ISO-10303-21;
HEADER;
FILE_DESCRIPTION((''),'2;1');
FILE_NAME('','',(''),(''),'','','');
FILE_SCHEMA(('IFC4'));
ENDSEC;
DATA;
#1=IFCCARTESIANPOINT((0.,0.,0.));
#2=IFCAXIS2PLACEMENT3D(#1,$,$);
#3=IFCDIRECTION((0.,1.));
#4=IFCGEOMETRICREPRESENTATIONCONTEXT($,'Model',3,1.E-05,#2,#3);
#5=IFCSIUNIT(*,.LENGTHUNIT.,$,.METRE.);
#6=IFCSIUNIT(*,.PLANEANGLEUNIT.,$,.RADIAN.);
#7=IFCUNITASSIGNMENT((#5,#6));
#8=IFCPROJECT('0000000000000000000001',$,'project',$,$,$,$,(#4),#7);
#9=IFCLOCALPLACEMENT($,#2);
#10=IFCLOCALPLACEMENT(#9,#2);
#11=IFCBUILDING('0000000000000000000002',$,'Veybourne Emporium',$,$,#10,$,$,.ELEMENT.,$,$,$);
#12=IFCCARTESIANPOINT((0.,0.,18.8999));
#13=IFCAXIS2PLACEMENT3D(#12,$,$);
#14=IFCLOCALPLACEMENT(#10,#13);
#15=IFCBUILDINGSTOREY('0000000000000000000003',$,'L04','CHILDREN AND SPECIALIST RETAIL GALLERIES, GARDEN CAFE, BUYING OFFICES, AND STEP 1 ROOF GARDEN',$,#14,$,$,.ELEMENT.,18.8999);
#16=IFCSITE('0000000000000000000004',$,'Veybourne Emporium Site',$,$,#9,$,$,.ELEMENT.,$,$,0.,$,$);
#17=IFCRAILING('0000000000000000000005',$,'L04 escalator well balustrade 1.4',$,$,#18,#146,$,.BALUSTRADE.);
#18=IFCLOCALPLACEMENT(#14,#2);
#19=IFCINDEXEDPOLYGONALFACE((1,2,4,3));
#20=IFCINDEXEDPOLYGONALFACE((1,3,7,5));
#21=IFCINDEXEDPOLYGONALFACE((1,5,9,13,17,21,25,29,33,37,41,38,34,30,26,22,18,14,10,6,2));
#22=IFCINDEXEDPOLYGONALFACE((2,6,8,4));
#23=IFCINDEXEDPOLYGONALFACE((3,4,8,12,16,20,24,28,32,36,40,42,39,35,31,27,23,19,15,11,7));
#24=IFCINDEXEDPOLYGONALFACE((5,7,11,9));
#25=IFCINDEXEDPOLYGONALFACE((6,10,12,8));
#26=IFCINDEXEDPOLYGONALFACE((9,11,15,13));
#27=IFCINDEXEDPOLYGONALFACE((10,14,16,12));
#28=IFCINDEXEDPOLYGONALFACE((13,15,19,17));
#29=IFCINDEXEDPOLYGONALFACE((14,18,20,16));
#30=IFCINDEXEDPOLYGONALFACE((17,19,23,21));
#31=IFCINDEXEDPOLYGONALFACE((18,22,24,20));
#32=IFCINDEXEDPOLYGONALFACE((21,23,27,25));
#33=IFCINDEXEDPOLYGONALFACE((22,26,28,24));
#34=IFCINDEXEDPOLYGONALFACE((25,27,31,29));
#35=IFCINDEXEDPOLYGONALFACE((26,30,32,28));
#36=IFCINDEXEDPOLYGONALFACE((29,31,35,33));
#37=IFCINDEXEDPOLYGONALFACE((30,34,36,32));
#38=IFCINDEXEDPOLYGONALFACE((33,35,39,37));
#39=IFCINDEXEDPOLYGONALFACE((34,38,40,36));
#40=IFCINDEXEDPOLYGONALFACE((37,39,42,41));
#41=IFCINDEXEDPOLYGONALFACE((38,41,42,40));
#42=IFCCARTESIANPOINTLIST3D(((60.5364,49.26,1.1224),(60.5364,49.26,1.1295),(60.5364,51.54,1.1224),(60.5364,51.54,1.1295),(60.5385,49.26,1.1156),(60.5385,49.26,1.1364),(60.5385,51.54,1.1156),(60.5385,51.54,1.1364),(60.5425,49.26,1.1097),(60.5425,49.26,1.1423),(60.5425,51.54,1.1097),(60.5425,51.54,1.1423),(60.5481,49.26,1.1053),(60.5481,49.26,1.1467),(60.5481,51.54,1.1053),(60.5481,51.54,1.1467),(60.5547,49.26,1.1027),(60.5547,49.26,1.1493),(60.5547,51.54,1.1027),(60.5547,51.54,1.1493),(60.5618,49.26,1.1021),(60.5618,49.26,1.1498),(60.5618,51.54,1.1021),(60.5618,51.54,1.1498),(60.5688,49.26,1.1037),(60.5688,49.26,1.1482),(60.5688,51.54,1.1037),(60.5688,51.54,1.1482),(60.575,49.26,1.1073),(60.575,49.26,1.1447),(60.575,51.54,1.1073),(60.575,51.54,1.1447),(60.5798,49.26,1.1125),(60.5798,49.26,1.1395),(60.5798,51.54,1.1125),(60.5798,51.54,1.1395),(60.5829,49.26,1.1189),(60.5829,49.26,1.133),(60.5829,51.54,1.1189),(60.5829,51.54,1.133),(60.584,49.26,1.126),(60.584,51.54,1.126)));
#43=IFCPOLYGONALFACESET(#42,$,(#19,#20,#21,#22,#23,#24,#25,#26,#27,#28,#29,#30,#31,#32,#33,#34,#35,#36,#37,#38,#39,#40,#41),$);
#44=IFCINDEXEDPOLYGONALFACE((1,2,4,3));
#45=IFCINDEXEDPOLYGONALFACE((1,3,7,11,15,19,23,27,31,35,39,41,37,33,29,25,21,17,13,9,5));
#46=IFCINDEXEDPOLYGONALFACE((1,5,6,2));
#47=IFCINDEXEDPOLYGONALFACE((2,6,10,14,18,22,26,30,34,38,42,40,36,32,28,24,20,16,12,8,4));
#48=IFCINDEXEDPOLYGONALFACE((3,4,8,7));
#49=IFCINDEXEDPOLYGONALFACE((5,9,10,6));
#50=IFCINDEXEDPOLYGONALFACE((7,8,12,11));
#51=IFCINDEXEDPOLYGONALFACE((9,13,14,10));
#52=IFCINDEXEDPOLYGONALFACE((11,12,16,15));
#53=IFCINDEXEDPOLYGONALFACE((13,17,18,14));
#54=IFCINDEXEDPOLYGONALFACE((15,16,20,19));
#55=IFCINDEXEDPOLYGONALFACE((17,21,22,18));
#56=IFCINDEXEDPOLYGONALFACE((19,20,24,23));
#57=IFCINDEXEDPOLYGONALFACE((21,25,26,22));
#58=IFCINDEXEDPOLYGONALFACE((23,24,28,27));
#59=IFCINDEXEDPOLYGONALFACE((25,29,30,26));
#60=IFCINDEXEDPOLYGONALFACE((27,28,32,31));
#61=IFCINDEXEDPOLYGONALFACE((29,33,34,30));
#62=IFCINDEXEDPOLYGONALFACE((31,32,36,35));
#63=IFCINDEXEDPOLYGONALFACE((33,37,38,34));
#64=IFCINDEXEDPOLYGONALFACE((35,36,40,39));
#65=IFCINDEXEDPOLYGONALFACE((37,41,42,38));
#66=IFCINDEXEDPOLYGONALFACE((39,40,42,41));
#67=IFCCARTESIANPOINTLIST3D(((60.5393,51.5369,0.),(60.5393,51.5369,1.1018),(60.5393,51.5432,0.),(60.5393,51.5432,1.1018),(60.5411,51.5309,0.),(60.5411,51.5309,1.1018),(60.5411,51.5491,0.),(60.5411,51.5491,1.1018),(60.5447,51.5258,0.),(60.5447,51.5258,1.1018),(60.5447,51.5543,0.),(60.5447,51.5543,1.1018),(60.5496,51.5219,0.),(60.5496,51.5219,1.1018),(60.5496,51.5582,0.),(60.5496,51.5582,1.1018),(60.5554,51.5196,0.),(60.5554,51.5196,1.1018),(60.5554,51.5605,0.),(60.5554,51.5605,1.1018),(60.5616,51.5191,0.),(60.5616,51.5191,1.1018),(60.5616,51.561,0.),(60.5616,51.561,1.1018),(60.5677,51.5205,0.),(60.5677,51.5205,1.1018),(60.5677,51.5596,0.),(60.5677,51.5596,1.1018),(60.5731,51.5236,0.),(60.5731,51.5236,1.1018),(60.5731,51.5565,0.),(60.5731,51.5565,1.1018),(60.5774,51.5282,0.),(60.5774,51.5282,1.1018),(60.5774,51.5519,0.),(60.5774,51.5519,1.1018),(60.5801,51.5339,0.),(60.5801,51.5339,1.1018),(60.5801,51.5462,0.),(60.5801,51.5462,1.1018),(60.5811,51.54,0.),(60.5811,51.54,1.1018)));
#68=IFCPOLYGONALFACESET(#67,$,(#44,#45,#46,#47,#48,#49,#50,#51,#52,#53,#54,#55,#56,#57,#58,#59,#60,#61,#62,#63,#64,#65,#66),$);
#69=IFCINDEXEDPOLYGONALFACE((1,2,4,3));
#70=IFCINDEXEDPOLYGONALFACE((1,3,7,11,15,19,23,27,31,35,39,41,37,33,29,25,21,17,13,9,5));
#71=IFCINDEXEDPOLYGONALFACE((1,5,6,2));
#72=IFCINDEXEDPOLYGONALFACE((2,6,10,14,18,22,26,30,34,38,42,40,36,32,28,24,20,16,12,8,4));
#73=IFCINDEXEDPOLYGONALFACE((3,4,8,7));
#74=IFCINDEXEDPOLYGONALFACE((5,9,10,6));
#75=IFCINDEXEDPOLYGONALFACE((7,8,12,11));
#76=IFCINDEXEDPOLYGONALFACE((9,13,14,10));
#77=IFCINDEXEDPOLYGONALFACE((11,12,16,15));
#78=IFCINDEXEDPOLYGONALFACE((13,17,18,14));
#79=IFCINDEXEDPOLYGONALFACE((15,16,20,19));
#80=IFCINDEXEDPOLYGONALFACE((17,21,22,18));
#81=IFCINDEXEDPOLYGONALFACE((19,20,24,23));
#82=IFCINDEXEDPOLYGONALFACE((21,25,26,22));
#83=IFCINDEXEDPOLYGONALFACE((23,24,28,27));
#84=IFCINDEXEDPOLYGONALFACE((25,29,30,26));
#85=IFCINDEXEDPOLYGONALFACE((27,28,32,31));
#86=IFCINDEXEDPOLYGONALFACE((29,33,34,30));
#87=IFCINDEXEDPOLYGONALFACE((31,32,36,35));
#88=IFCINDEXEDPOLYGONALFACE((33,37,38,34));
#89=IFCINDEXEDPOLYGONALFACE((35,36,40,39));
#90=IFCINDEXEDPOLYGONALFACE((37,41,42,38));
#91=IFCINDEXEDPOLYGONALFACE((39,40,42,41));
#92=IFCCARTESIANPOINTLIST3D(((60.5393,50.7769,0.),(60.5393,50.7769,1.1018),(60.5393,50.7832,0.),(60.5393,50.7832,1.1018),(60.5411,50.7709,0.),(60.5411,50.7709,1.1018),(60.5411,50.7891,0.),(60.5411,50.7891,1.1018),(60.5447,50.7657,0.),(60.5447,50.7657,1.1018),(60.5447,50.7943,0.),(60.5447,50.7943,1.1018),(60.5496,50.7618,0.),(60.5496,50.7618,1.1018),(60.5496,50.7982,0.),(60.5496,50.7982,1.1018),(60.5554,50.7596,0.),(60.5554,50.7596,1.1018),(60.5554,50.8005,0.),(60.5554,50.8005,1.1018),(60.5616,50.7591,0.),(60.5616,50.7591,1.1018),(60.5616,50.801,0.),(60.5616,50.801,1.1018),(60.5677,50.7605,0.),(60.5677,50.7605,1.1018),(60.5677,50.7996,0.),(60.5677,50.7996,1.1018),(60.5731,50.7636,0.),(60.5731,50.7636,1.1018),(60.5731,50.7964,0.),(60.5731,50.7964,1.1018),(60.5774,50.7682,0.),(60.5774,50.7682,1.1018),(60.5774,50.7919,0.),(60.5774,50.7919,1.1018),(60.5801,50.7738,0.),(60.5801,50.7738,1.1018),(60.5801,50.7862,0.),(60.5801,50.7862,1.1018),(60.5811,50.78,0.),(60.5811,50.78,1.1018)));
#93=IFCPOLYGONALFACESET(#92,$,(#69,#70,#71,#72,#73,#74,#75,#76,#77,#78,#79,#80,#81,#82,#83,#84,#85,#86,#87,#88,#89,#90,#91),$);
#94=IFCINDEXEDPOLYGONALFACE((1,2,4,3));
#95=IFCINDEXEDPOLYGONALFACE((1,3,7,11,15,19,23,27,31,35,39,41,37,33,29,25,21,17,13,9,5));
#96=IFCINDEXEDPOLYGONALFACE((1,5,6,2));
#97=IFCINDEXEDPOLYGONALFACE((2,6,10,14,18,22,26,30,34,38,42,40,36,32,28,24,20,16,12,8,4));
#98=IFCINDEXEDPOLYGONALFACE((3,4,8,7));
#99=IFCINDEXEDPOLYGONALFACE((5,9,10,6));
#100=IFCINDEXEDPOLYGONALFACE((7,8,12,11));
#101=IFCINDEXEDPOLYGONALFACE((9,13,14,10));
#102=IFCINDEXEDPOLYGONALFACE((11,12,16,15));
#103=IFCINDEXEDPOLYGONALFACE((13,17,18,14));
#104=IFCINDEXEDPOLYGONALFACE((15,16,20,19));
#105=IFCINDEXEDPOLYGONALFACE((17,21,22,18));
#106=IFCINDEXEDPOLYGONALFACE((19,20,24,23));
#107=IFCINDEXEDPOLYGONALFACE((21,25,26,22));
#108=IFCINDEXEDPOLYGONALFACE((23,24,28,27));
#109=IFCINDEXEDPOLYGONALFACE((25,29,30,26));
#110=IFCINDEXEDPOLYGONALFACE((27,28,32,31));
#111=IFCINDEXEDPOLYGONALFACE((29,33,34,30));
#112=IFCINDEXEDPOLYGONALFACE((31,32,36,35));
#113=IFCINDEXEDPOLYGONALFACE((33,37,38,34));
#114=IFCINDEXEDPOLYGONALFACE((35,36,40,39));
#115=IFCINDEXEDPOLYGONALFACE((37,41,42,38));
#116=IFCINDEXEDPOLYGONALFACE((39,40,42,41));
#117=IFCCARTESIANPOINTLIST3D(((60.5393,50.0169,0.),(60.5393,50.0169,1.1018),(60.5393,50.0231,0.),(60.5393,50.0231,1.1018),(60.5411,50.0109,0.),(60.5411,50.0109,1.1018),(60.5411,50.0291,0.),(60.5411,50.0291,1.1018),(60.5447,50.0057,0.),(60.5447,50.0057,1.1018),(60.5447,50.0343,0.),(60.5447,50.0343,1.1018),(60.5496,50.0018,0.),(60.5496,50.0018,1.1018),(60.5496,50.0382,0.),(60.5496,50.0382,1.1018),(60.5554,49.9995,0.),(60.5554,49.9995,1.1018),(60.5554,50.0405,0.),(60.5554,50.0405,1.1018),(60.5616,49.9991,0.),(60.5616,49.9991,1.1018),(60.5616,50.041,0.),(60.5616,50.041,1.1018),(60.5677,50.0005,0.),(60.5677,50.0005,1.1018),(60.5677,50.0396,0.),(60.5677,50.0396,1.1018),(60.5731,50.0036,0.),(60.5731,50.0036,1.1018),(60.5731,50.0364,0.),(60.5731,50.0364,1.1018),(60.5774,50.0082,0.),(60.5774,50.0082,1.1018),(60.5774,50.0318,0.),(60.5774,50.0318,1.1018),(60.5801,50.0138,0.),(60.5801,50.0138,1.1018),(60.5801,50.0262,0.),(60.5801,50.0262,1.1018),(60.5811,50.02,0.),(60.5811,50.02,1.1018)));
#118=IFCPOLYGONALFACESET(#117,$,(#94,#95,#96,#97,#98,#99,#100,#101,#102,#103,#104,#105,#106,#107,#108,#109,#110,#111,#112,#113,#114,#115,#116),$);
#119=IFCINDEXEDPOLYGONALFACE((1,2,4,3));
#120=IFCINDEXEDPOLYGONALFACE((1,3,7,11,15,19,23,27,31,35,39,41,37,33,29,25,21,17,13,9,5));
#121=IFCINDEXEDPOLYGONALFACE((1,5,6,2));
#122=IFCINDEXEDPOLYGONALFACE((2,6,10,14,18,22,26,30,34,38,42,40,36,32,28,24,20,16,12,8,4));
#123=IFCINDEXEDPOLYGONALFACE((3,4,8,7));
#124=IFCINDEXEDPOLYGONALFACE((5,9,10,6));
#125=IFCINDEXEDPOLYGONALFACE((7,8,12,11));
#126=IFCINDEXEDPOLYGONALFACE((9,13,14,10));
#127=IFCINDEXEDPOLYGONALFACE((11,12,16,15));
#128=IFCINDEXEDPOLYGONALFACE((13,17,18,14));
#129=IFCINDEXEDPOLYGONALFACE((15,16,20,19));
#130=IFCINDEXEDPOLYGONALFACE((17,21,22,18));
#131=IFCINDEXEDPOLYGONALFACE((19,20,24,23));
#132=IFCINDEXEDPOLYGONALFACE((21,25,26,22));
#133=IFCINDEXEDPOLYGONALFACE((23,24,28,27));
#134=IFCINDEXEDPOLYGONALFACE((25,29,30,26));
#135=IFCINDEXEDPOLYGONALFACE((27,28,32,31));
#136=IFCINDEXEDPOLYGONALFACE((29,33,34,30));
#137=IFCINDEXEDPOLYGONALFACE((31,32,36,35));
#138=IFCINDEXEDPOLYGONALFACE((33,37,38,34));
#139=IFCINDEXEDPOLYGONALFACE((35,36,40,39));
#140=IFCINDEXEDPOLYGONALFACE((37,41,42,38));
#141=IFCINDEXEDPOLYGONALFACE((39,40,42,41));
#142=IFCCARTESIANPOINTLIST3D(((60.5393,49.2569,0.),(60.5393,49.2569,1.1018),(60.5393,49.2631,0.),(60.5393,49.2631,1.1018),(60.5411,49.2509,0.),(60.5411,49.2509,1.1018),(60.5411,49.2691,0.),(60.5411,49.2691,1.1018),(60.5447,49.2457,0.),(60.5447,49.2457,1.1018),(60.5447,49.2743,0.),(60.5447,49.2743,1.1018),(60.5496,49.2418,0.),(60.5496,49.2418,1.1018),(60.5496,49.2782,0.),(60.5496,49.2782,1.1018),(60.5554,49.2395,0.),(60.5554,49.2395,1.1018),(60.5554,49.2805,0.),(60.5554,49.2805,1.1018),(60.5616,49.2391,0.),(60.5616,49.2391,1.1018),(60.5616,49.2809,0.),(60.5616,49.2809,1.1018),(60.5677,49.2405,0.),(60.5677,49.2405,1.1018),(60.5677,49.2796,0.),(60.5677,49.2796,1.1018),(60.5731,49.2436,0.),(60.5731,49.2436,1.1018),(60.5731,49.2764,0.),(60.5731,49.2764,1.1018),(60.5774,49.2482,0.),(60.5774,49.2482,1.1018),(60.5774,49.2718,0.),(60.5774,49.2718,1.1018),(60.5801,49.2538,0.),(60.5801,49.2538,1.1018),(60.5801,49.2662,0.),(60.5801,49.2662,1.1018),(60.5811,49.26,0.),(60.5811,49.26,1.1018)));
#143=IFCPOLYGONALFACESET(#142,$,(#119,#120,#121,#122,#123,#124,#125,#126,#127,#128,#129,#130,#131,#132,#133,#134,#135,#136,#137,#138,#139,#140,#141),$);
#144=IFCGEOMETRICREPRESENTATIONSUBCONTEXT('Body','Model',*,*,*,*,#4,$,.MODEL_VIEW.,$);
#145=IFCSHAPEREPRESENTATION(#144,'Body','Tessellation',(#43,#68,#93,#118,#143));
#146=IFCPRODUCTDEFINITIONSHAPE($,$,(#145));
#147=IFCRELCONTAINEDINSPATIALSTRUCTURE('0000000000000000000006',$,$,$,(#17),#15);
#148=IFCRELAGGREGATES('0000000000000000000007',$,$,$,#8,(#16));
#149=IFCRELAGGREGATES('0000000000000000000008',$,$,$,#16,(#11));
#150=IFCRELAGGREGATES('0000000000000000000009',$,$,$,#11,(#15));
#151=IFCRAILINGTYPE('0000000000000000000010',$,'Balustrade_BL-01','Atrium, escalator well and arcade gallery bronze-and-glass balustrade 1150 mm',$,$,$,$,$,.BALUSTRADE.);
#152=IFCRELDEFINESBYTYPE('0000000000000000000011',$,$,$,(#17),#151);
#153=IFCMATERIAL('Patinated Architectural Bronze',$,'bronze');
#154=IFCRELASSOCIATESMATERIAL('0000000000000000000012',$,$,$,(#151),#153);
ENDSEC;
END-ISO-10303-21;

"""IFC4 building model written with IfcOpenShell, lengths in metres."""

from ifc_helpers import new_model, si_unit, direction, frame, origin, origin_2d, place, context, subcontext, project, spatial, circle, extrude, material, type_object, element, save


model = new_model("IFC4")

# Units and contexts
model_context = context("Model", 3, precision=1e-05, world=origin(), true_north=direction((0.0, 1.0)))
body_context = subcontext(model_context, "Body", "Model", "MODEL_VIEW")
ifc_project = project(units=[si_unit("LENGTHUNIT", "METRE"), si_unit("PLANEANGLEUNIT", "RADIAN")], contexts=[model_context])

# Site, building, storey
site_placement = place(None, origin())
site = spatial("IfcSite", under=ifc_project, at=site_placement, Name="Veybourne Emporium Site", CompositionType="ELEMENT", RefElevation=0.0)
building_placement = place(site_placement, origin())
building = spatial("IfcBuilding", under=site, at=building_placement, Name="Veybourne Emporium", CompositionType="ELEMENT")
storey_placement = place(building_placement, frame((0.0, 0.0, 18.8999)))
storey = spatial("IfcBuildingStorey", under=building, at=storey_placement, Name="L04", Description="CHILDREN AND SPECIALIST RETAIL GALLERIES, GARDEN CAFE, BUYING OFFICES, AND STEP 1 ROOF GARDEN", CompositionType="ELEMENT", Elevation=18.8999)

# Shared definitions
ifc_material_1 = material(Name="Patinated Architectural Bronze", Category="bronze")

# Railing
railing_type = type_object("IfcRailingType", Name="Balustrade_BL-01", Description="Atrium, escalator well and arcade gallery bronze-and-glass balustrade 1150 mm", PredefinedType="BALUSTRADE", material=ifc_material_1)
railing_1_placement = place(storey_placement, frame((60.5601, 51.54, 0.0)))
element("IfcRailing", 1, at=railing_1_placement, inside=storey, type_object=railing_type, Name="L04 escalator well balustrade 1.4", PredefinedType="BALUSTRADE", context=body_context, shape_type="SweptSolid", body=[
    extrude(circle(Radius=0.0239, at=origin_2d()), frame((0.0, 0.0, 1.126), z_axis=(0.0, -1.0, 0.0), x_axis=(1.0, 0.0, 0.0)), (0.0, 0.0, 1.0), 2.28),
    extrude(circle(Radius=0.021, at=origin_2d()), origin(), (0.0, 0.0, 1.0), 1.1018),
    extrude(circle(Radius=0.021, at=origin_2d()), frame((0.0, -0.76, 0.0)), (0.0, 0.0, 1.0), 1.1018),
    extrude(circle(Radius=0.021, at=origin_2d()), frame((0.0, -1.52, 0.0)), (0.0, 0.0, 1.0), 1.1018),
    extrude(circle(Radius=0.021, at=origin_2d()), frame((0.0, -2.28, 0.0)), (0.0, 0.0, 1.0), 1.1018),
])

save(model, "model.ifc")
